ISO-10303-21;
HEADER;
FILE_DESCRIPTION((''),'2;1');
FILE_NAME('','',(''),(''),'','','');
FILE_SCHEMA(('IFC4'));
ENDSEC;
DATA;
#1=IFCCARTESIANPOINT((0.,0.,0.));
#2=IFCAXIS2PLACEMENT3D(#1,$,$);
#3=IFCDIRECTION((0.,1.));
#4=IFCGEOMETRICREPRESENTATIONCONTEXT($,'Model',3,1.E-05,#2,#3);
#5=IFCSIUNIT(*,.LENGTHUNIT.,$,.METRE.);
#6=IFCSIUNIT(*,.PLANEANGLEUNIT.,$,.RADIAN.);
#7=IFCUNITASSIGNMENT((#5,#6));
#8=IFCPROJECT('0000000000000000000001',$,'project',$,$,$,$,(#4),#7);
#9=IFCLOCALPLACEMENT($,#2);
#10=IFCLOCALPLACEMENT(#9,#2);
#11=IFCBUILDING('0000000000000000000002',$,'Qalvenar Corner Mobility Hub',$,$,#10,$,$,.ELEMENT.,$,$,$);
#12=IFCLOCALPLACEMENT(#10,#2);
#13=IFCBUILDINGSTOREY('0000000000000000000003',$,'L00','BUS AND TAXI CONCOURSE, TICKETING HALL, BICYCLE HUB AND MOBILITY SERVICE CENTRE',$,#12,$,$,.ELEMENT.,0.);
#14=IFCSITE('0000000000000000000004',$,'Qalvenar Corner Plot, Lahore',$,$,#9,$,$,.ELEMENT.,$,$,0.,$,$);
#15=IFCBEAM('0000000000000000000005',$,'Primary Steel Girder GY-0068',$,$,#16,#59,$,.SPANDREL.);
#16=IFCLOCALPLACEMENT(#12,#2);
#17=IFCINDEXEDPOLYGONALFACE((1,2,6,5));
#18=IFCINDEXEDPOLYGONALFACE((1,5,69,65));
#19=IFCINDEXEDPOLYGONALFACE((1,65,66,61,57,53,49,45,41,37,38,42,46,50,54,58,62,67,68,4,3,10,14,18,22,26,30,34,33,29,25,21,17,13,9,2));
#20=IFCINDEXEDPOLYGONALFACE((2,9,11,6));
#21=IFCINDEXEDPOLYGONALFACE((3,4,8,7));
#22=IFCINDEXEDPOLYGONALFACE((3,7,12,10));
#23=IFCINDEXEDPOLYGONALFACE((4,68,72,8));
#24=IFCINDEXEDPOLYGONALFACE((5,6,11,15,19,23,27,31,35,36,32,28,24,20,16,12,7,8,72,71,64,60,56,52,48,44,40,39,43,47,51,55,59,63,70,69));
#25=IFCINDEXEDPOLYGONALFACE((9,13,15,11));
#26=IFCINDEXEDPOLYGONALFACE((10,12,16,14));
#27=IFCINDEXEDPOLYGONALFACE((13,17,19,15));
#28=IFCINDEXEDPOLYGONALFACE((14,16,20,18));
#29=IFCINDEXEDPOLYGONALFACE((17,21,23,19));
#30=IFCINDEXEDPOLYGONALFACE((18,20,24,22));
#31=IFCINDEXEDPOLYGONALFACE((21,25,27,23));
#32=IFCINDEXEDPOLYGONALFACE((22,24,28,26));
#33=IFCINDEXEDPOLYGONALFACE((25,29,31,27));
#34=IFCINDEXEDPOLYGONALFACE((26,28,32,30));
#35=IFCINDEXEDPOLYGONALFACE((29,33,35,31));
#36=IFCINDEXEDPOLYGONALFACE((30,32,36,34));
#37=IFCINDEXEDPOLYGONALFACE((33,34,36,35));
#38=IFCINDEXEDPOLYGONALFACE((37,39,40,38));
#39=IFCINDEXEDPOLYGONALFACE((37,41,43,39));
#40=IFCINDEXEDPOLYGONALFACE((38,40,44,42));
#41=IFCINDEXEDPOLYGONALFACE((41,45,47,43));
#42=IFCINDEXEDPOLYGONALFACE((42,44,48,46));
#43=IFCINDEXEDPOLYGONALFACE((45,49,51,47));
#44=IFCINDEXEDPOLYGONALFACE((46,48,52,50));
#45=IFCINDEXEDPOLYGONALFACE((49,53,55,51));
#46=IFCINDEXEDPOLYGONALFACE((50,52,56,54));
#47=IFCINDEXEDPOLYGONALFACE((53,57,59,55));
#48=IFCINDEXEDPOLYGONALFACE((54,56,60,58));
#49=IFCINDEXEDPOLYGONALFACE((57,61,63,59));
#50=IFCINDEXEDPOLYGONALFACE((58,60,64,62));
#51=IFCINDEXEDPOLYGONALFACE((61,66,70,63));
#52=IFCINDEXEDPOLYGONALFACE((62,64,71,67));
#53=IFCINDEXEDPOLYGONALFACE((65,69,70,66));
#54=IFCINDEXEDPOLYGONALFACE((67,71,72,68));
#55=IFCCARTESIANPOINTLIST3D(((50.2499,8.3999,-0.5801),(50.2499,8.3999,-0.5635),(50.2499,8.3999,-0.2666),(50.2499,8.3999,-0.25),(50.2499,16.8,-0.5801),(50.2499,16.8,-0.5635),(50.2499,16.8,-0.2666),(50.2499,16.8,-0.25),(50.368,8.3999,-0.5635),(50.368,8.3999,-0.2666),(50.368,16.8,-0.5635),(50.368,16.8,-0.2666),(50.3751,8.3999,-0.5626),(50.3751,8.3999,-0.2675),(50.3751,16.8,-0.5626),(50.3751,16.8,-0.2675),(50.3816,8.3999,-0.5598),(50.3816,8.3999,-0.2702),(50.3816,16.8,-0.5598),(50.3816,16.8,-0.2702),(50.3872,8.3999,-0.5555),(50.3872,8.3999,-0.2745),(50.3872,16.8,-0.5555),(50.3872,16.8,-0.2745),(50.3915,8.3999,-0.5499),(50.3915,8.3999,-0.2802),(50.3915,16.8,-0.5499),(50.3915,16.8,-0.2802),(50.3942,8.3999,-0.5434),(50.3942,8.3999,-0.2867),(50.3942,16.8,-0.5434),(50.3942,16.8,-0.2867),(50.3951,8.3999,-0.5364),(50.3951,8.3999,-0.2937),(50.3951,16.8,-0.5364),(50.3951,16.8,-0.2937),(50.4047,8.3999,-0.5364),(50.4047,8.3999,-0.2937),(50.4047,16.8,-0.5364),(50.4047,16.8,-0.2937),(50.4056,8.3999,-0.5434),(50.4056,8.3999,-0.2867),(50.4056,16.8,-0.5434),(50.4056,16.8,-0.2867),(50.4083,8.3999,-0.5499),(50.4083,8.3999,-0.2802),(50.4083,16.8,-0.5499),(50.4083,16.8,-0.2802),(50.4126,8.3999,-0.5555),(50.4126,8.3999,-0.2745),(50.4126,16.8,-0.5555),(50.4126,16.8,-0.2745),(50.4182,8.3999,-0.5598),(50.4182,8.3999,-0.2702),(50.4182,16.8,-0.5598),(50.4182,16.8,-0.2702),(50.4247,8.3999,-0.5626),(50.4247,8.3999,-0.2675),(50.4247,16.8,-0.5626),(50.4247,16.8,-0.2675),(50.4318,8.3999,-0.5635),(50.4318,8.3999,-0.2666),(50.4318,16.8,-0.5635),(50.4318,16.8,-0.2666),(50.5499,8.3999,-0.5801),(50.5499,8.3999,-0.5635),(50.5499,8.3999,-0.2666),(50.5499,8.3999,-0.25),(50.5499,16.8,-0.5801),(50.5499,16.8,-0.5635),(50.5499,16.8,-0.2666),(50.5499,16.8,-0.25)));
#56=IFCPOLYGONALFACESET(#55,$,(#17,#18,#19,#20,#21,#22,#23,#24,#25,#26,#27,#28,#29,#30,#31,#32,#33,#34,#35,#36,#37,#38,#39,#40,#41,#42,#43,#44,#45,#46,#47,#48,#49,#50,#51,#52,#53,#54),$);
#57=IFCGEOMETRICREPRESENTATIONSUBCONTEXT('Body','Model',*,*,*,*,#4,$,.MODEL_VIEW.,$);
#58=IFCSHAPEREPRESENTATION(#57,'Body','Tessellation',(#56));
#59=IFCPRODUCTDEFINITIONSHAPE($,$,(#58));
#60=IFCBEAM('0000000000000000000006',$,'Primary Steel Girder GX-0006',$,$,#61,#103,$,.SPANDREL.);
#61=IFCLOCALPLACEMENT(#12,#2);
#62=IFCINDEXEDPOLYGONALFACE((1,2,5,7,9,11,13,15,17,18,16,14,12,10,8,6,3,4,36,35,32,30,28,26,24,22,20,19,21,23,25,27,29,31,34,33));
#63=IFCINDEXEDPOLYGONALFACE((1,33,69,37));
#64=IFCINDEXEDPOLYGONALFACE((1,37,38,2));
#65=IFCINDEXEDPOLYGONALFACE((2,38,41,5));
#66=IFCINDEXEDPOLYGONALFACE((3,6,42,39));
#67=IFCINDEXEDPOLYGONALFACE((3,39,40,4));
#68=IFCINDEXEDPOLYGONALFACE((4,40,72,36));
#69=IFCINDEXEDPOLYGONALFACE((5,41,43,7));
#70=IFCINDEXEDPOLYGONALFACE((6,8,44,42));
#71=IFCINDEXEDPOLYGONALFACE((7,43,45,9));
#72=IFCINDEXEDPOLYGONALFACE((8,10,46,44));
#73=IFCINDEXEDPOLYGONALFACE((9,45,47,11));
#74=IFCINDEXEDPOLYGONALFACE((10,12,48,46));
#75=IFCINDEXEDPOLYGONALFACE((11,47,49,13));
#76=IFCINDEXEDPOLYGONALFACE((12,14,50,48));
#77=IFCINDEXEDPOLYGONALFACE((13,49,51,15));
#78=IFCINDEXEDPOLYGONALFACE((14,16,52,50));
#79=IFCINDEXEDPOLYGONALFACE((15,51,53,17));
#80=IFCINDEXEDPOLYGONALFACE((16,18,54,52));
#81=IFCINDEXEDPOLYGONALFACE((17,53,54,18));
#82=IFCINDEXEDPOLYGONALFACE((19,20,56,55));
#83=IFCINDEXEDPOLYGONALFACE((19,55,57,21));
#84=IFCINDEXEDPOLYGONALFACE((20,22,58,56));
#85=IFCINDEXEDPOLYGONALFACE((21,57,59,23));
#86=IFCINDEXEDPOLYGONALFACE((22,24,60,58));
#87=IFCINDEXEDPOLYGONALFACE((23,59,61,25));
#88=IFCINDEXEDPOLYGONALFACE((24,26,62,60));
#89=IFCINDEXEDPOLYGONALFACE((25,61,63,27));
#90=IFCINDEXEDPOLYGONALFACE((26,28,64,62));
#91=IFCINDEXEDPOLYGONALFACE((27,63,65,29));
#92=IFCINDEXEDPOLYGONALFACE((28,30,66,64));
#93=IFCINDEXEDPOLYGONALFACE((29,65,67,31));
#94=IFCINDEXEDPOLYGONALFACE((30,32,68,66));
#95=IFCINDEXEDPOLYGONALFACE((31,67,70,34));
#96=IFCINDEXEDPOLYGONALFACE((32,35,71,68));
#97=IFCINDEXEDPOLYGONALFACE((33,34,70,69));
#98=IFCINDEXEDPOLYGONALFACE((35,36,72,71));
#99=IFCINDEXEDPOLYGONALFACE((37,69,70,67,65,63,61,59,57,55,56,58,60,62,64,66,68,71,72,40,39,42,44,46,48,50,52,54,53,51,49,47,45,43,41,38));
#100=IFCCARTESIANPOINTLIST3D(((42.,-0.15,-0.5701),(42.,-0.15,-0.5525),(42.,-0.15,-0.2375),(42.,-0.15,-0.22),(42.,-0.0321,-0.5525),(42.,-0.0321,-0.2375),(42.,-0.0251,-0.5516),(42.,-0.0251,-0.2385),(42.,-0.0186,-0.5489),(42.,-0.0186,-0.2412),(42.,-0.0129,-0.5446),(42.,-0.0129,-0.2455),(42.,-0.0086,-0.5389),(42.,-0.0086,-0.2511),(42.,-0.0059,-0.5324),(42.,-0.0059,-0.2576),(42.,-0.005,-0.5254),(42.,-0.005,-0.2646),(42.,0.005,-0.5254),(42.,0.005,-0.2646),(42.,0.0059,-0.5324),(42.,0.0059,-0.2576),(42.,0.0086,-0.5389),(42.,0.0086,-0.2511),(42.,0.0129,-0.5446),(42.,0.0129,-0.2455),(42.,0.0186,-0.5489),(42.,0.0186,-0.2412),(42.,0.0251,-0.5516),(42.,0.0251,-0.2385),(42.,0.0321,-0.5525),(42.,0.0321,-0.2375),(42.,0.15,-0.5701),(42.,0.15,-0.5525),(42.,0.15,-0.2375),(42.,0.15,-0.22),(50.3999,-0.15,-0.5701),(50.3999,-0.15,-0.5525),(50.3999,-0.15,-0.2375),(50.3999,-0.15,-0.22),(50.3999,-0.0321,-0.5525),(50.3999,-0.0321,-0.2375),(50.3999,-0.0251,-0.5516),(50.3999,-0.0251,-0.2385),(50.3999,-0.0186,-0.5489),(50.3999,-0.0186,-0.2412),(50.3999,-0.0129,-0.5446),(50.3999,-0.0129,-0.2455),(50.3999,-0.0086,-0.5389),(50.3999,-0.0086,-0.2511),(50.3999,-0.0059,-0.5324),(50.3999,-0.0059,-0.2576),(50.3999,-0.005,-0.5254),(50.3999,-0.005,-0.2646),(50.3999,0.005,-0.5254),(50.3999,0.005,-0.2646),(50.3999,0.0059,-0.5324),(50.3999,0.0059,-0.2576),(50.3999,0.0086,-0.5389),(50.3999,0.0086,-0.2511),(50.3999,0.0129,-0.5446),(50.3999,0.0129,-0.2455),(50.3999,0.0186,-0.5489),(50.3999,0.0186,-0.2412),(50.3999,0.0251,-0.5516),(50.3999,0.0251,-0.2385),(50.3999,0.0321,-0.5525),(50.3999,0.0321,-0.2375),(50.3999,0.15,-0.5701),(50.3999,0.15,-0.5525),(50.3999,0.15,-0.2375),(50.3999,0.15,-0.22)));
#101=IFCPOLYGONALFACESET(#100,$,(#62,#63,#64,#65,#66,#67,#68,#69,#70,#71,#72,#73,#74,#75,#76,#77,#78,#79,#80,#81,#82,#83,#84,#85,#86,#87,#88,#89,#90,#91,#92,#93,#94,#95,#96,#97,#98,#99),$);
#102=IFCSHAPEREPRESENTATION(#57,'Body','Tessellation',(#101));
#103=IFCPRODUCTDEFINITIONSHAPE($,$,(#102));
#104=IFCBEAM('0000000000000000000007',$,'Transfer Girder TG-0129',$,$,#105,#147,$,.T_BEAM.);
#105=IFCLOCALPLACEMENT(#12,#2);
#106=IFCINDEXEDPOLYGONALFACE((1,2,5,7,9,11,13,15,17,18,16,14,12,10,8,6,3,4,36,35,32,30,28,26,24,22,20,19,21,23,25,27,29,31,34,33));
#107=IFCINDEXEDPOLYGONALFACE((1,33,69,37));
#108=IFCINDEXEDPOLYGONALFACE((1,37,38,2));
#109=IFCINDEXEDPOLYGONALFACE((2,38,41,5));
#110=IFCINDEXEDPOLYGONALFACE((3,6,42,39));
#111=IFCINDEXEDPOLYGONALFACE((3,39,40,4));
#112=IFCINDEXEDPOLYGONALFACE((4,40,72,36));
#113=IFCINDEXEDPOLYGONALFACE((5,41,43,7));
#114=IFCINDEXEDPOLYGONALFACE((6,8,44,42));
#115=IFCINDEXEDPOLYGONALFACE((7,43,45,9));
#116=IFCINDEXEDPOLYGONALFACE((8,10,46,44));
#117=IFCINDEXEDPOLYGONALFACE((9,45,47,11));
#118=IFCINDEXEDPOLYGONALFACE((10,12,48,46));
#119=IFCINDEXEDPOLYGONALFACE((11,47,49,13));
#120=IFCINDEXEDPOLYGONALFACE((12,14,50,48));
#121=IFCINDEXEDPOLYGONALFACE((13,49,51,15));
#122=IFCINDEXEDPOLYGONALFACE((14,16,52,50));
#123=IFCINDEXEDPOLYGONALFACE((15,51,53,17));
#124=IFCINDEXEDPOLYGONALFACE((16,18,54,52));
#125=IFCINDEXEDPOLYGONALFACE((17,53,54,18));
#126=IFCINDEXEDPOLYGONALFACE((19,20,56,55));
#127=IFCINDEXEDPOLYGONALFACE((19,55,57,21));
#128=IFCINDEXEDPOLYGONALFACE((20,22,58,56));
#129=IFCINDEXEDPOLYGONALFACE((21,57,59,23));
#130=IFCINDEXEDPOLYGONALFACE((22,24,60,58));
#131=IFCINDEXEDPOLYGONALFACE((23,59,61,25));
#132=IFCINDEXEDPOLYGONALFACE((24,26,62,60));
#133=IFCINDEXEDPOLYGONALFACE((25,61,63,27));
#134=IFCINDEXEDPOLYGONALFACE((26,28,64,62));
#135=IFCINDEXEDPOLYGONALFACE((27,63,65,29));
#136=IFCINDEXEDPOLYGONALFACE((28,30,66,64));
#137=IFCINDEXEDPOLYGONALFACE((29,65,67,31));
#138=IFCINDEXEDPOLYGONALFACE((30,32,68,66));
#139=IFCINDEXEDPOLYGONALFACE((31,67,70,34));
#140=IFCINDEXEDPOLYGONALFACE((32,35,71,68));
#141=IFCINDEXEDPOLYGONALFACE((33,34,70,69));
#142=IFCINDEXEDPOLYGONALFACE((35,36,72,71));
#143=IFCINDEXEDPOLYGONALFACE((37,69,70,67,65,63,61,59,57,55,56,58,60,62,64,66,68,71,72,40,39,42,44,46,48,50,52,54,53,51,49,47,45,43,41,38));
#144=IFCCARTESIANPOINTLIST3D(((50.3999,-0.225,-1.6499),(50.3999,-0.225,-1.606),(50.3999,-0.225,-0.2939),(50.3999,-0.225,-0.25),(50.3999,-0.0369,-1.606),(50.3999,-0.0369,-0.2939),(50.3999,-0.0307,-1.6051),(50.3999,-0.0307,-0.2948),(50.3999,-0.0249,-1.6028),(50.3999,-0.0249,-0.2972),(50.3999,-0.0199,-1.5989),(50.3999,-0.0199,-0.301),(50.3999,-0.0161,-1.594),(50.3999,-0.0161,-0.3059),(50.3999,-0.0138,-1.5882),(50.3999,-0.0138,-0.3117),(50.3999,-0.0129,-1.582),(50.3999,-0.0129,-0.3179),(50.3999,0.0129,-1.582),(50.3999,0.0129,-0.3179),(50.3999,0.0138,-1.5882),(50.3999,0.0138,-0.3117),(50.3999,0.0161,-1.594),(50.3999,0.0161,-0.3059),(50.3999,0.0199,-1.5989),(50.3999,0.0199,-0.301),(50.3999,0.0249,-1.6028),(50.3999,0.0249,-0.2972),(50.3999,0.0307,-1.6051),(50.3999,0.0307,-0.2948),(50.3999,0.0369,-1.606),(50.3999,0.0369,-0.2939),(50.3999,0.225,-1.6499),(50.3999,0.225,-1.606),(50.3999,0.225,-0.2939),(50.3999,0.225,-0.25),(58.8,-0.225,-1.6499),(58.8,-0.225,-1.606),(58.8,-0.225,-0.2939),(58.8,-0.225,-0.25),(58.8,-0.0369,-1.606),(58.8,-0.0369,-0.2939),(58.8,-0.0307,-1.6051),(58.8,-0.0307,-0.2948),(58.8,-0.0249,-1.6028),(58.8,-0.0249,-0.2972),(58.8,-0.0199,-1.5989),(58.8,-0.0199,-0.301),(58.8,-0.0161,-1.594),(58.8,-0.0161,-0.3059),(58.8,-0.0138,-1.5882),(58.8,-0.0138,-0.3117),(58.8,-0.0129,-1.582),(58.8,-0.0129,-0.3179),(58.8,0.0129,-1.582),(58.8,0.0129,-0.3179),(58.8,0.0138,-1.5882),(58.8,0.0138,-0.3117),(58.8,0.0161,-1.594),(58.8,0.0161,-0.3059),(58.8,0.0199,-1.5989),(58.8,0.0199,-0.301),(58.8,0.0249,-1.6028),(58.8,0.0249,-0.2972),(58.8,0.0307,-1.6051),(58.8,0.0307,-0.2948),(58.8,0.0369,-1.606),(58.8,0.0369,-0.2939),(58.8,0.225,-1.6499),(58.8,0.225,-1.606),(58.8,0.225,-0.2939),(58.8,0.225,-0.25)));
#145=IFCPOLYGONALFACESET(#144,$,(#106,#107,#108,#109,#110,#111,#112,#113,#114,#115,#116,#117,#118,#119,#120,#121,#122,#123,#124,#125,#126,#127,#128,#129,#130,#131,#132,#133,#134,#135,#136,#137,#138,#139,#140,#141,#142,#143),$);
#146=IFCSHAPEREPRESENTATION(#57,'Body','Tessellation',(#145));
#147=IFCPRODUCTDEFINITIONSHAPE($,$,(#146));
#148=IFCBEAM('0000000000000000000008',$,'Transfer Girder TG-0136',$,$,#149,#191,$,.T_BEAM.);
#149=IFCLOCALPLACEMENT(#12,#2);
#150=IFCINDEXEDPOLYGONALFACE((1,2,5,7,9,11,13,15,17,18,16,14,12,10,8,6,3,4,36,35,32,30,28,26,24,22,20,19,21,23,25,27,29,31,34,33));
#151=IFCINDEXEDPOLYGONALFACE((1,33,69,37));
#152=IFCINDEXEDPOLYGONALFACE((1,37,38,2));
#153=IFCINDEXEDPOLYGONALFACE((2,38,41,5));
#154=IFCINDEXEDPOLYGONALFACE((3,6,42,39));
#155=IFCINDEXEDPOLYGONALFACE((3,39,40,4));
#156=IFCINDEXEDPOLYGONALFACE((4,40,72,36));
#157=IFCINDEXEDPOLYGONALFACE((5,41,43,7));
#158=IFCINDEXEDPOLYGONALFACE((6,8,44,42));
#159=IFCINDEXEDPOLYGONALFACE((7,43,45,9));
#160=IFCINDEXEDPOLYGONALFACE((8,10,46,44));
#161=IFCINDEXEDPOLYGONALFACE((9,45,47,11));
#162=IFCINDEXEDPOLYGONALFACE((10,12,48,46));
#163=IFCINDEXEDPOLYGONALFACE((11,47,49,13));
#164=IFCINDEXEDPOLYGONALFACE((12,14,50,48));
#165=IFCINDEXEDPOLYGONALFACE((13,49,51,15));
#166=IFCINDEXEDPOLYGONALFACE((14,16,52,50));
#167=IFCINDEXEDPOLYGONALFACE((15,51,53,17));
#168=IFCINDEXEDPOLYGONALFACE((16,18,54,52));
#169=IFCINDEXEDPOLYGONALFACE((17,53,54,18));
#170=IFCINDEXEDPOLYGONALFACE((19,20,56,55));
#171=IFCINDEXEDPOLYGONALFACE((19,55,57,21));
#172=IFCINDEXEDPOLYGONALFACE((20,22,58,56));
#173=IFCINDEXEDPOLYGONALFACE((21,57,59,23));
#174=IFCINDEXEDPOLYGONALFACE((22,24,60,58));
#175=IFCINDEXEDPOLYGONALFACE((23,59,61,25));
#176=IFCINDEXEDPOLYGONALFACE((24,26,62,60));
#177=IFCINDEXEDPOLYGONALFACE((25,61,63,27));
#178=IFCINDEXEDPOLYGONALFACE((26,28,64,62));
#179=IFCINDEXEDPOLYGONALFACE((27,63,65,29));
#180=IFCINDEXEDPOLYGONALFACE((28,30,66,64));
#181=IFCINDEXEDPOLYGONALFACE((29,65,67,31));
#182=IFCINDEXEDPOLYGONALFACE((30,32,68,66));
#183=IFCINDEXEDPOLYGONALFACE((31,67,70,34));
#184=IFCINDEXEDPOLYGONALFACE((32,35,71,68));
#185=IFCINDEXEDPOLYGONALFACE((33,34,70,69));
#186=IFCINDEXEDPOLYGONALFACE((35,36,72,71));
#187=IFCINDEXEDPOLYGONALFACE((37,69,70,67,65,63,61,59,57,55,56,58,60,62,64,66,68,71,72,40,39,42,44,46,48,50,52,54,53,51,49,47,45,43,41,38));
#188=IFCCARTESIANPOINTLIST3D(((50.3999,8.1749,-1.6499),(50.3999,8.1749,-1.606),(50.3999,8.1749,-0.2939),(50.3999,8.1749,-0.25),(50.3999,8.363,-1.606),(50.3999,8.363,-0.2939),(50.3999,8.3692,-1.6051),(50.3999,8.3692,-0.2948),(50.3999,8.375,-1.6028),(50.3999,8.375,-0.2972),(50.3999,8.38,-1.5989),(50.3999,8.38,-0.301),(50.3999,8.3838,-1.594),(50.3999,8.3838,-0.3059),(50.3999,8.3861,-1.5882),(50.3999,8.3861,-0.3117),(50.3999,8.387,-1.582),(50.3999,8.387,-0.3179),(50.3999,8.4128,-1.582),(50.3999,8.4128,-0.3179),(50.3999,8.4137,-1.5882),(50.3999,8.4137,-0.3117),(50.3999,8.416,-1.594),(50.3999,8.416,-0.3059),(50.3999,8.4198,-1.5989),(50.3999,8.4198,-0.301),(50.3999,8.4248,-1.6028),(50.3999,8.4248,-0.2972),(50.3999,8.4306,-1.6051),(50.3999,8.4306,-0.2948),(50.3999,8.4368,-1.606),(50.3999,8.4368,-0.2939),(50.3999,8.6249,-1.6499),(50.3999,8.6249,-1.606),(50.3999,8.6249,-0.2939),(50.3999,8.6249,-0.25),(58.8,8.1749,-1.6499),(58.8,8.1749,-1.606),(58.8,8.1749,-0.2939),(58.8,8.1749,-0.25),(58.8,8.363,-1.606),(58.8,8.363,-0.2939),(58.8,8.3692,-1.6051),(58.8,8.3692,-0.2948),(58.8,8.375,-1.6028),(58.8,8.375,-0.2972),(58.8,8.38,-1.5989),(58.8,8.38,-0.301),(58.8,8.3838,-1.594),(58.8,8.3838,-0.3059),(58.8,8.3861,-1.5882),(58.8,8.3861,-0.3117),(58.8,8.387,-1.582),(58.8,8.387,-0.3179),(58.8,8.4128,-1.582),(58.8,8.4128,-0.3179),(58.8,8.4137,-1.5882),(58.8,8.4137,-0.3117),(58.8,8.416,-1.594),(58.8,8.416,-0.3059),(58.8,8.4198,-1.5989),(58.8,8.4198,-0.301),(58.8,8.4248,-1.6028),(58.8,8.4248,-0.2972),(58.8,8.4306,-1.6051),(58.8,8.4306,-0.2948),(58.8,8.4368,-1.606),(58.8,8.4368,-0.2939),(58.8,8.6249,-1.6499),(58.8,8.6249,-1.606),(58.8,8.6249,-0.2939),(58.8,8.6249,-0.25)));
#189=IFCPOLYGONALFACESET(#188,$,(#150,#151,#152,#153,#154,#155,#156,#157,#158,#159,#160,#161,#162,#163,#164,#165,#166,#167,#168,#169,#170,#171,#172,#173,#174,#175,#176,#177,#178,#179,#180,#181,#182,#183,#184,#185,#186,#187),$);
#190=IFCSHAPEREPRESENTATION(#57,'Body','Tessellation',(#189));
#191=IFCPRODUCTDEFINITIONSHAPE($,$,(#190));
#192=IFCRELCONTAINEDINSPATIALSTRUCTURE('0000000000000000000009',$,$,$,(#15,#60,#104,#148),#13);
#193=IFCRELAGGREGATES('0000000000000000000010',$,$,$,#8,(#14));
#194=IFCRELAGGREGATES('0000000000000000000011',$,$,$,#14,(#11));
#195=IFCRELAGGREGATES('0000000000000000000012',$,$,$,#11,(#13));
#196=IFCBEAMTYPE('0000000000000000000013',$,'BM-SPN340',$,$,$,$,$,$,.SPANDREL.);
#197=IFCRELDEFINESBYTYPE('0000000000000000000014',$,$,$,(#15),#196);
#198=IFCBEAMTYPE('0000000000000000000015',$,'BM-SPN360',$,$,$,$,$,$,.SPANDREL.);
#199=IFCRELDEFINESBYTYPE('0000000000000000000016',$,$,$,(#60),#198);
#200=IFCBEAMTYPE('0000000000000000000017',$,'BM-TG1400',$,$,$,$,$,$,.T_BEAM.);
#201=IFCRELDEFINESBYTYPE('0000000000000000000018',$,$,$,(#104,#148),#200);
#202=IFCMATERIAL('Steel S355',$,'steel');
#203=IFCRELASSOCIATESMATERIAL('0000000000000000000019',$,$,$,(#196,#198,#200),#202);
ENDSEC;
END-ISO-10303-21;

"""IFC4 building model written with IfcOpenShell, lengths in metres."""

from ifc_helpers import new_model, si_unit, direction, frame, origin, origin_2d, place, context, subcontext, project, spatial, i_section, extrude, material, material_profile, profile_set, type_object, element, save


model = new_model("IFC4")

# Units and contexts
model_context = context("Model", 3, precision=1e-05, world=origin(), true_north=direction((0.0, 1.0)))
body_context = subcontext(model_context, "Body", "Model", "MODEL_VIEW")
ifc_project = project(units=[si_unit("LENGTHUNIT", "METRE"), si_unit("PLANEANGLEUNIT", "RADIAN")], contexts=[model_context])

# Site, building, storey
site_placement = place(None, origin())
site = spatial("IfcSite", under=ifc_project, at=site_placement, Name="Qalvenar Corner Plot, Lahore", CompositionType="ELEMENT", RefElevation=0.0)
building_placement = place(site_placement, origin())
building = spatial("IfcBuilding", under=site, at=building_placement, Name="Qalvenar Corner Mobility Hub", CompositionType="ELEMENT")
storey_placement = place(building_placement, origin())
storey = spatial("IfcBuildingStorey", under=building, at=storey_placement, Name="L00", Description="BUS AND TAXI CONCOURSE, TICKETING HALL, BICYCLE HUB AND MOBILITY SERVICE CENTRE", CompositionType="ELEMENT", Elevation=0.0)

# Shared definitions
ifc_material_1 = material(Name="Steel S355", Category="steel")

# Beams
ifc_material_profile_1 = material_profile(ifc_material_1, i_section(OverallWidth=0.3, OverallDepth=0.3301, WebThickness=0.0095, FlangeThickness=0.0166, FilletRadius=0.0271, at=origin_2d()), Name="HEA340")
ifc_profile_set_1 = profile_set([ifc_material_profile_1], Name="Steel S355")
beam_type_1 = type_object("IfcBeamType", Name="BM-SPN340", PredefinedType="SPANDREL", material=ifc_profile_set_1)
beam_1_placement = place(storey_placement, frame((50.3999, 8.3999, -0.415), z_axis=(0.0, 1.0, 0.0), x_axis=(-1.0, 0.0, 0.0)))
element("IfcBeam", 1, at=beam_1_placement, inside=storey, type_object=beam_type_1, Name="Primary Steel Girder GY-0068", PredefinedType="SPANDREL", context=body_context, shape_type="SweptSolid", body=[
    extrude(i_section(OverallWidth=0.3, OverallDepth=0.3301, WebThickness=0.0095, FlangeThickness=0.0166, FilletRadius=0.0271, at=origin_2d()), origin(), (0.0, 0.0, 1.0), 8.4001),
])
ifc_material_profile_2 = material_profile(ifc_material_1, i_section(OverallWidth=0.3, OverallDepth=0.3501, WebThickness=0.01, FlangeThickness=0.0176, FilletRadius=0.0271, at=origin_2d()), Name="HEA360")
ifc_profile_set_2 = profile_set([ifc_material_profile_2], Name="Steel S355")
beam_type_2 = type_object("IfcBeamType", Name="BM-SPN360", PredefinedType="SPANDREL", material=ifc_profile_set_2)
beam_2_placement = place(storey_placement, frame((42.0, 0.0, -0.395), z_axis=(1.0, 0.0, 0.0), x_axis=(0.0, 1.0, 0.0)))
element("IfcBeam", 2, at=beam_2_placement, inside=storey, type_object=beam_type_2, Name="Primary Steel Girder GX-0006", PredefinedType="SPANDREL", context=body_context, shape_type="SweptSolid", body=[
    extrude(i_section(OverallWidth=0.3, OverallDepth=0.3501, WebThickness=0.01, FlangeThickness=0.0176, FilletRadius=0.0271, at=origin_2d()), origin(), (0.0, 0.0, 1.0), 8.3999),
])
ifc_material_profile_3 = material_profile(ifc_material_1, i_section(OverallWidth=0.45, OverallDepth=1.3999, WebThickness=0.0259, FlangeThickness=0.0439, FilletRadius=0.0239, at=origin_2d()), Name="W1100x499-TG1400")
ifc_profile_set_3 = profile_set([ifc_material_profile_3], Name="Steel S355")
beam_type_3 = type_object("IfcBeamType", Name="BM-TG1400", PredefinedType="T_BEAM", material=ifc_profile_set_3)
for number, where, z_axis, x_axis, name in (
    (3, (50.3999, 0.0, -0.95), (1.0, 0.0, 0.0), (0.0, 1.0, 0.0), "Transfer Girder TG-0129"),
    (4, (50.3999, 8.3999, -0.95), (1.0, 0.0, 0.0), (0.0, 1.0, 0.0), "Transfer Girder TG-0136"),
):
    element("IfcBeam", number, at=place(storey_placement, frame(where, z_axis=z_axis, x_axis=x_axis)), inside=storey, type_object=beam_type_3, Name=name, PredefinedType="T_BEAM", context=body_context, shape_type="SweptSolid", body=[
        extrude(i_section(OverallWidth=0.45, OverallDepth=1.3999, WebThickness=0.0259, FlangeThickness=0.0439, FilletRadius=0.0239, at=origin_2d()), origin(), (0.0, 0.0, 1.0), 8.4001),
    ])

save(model, "model.ifc")
